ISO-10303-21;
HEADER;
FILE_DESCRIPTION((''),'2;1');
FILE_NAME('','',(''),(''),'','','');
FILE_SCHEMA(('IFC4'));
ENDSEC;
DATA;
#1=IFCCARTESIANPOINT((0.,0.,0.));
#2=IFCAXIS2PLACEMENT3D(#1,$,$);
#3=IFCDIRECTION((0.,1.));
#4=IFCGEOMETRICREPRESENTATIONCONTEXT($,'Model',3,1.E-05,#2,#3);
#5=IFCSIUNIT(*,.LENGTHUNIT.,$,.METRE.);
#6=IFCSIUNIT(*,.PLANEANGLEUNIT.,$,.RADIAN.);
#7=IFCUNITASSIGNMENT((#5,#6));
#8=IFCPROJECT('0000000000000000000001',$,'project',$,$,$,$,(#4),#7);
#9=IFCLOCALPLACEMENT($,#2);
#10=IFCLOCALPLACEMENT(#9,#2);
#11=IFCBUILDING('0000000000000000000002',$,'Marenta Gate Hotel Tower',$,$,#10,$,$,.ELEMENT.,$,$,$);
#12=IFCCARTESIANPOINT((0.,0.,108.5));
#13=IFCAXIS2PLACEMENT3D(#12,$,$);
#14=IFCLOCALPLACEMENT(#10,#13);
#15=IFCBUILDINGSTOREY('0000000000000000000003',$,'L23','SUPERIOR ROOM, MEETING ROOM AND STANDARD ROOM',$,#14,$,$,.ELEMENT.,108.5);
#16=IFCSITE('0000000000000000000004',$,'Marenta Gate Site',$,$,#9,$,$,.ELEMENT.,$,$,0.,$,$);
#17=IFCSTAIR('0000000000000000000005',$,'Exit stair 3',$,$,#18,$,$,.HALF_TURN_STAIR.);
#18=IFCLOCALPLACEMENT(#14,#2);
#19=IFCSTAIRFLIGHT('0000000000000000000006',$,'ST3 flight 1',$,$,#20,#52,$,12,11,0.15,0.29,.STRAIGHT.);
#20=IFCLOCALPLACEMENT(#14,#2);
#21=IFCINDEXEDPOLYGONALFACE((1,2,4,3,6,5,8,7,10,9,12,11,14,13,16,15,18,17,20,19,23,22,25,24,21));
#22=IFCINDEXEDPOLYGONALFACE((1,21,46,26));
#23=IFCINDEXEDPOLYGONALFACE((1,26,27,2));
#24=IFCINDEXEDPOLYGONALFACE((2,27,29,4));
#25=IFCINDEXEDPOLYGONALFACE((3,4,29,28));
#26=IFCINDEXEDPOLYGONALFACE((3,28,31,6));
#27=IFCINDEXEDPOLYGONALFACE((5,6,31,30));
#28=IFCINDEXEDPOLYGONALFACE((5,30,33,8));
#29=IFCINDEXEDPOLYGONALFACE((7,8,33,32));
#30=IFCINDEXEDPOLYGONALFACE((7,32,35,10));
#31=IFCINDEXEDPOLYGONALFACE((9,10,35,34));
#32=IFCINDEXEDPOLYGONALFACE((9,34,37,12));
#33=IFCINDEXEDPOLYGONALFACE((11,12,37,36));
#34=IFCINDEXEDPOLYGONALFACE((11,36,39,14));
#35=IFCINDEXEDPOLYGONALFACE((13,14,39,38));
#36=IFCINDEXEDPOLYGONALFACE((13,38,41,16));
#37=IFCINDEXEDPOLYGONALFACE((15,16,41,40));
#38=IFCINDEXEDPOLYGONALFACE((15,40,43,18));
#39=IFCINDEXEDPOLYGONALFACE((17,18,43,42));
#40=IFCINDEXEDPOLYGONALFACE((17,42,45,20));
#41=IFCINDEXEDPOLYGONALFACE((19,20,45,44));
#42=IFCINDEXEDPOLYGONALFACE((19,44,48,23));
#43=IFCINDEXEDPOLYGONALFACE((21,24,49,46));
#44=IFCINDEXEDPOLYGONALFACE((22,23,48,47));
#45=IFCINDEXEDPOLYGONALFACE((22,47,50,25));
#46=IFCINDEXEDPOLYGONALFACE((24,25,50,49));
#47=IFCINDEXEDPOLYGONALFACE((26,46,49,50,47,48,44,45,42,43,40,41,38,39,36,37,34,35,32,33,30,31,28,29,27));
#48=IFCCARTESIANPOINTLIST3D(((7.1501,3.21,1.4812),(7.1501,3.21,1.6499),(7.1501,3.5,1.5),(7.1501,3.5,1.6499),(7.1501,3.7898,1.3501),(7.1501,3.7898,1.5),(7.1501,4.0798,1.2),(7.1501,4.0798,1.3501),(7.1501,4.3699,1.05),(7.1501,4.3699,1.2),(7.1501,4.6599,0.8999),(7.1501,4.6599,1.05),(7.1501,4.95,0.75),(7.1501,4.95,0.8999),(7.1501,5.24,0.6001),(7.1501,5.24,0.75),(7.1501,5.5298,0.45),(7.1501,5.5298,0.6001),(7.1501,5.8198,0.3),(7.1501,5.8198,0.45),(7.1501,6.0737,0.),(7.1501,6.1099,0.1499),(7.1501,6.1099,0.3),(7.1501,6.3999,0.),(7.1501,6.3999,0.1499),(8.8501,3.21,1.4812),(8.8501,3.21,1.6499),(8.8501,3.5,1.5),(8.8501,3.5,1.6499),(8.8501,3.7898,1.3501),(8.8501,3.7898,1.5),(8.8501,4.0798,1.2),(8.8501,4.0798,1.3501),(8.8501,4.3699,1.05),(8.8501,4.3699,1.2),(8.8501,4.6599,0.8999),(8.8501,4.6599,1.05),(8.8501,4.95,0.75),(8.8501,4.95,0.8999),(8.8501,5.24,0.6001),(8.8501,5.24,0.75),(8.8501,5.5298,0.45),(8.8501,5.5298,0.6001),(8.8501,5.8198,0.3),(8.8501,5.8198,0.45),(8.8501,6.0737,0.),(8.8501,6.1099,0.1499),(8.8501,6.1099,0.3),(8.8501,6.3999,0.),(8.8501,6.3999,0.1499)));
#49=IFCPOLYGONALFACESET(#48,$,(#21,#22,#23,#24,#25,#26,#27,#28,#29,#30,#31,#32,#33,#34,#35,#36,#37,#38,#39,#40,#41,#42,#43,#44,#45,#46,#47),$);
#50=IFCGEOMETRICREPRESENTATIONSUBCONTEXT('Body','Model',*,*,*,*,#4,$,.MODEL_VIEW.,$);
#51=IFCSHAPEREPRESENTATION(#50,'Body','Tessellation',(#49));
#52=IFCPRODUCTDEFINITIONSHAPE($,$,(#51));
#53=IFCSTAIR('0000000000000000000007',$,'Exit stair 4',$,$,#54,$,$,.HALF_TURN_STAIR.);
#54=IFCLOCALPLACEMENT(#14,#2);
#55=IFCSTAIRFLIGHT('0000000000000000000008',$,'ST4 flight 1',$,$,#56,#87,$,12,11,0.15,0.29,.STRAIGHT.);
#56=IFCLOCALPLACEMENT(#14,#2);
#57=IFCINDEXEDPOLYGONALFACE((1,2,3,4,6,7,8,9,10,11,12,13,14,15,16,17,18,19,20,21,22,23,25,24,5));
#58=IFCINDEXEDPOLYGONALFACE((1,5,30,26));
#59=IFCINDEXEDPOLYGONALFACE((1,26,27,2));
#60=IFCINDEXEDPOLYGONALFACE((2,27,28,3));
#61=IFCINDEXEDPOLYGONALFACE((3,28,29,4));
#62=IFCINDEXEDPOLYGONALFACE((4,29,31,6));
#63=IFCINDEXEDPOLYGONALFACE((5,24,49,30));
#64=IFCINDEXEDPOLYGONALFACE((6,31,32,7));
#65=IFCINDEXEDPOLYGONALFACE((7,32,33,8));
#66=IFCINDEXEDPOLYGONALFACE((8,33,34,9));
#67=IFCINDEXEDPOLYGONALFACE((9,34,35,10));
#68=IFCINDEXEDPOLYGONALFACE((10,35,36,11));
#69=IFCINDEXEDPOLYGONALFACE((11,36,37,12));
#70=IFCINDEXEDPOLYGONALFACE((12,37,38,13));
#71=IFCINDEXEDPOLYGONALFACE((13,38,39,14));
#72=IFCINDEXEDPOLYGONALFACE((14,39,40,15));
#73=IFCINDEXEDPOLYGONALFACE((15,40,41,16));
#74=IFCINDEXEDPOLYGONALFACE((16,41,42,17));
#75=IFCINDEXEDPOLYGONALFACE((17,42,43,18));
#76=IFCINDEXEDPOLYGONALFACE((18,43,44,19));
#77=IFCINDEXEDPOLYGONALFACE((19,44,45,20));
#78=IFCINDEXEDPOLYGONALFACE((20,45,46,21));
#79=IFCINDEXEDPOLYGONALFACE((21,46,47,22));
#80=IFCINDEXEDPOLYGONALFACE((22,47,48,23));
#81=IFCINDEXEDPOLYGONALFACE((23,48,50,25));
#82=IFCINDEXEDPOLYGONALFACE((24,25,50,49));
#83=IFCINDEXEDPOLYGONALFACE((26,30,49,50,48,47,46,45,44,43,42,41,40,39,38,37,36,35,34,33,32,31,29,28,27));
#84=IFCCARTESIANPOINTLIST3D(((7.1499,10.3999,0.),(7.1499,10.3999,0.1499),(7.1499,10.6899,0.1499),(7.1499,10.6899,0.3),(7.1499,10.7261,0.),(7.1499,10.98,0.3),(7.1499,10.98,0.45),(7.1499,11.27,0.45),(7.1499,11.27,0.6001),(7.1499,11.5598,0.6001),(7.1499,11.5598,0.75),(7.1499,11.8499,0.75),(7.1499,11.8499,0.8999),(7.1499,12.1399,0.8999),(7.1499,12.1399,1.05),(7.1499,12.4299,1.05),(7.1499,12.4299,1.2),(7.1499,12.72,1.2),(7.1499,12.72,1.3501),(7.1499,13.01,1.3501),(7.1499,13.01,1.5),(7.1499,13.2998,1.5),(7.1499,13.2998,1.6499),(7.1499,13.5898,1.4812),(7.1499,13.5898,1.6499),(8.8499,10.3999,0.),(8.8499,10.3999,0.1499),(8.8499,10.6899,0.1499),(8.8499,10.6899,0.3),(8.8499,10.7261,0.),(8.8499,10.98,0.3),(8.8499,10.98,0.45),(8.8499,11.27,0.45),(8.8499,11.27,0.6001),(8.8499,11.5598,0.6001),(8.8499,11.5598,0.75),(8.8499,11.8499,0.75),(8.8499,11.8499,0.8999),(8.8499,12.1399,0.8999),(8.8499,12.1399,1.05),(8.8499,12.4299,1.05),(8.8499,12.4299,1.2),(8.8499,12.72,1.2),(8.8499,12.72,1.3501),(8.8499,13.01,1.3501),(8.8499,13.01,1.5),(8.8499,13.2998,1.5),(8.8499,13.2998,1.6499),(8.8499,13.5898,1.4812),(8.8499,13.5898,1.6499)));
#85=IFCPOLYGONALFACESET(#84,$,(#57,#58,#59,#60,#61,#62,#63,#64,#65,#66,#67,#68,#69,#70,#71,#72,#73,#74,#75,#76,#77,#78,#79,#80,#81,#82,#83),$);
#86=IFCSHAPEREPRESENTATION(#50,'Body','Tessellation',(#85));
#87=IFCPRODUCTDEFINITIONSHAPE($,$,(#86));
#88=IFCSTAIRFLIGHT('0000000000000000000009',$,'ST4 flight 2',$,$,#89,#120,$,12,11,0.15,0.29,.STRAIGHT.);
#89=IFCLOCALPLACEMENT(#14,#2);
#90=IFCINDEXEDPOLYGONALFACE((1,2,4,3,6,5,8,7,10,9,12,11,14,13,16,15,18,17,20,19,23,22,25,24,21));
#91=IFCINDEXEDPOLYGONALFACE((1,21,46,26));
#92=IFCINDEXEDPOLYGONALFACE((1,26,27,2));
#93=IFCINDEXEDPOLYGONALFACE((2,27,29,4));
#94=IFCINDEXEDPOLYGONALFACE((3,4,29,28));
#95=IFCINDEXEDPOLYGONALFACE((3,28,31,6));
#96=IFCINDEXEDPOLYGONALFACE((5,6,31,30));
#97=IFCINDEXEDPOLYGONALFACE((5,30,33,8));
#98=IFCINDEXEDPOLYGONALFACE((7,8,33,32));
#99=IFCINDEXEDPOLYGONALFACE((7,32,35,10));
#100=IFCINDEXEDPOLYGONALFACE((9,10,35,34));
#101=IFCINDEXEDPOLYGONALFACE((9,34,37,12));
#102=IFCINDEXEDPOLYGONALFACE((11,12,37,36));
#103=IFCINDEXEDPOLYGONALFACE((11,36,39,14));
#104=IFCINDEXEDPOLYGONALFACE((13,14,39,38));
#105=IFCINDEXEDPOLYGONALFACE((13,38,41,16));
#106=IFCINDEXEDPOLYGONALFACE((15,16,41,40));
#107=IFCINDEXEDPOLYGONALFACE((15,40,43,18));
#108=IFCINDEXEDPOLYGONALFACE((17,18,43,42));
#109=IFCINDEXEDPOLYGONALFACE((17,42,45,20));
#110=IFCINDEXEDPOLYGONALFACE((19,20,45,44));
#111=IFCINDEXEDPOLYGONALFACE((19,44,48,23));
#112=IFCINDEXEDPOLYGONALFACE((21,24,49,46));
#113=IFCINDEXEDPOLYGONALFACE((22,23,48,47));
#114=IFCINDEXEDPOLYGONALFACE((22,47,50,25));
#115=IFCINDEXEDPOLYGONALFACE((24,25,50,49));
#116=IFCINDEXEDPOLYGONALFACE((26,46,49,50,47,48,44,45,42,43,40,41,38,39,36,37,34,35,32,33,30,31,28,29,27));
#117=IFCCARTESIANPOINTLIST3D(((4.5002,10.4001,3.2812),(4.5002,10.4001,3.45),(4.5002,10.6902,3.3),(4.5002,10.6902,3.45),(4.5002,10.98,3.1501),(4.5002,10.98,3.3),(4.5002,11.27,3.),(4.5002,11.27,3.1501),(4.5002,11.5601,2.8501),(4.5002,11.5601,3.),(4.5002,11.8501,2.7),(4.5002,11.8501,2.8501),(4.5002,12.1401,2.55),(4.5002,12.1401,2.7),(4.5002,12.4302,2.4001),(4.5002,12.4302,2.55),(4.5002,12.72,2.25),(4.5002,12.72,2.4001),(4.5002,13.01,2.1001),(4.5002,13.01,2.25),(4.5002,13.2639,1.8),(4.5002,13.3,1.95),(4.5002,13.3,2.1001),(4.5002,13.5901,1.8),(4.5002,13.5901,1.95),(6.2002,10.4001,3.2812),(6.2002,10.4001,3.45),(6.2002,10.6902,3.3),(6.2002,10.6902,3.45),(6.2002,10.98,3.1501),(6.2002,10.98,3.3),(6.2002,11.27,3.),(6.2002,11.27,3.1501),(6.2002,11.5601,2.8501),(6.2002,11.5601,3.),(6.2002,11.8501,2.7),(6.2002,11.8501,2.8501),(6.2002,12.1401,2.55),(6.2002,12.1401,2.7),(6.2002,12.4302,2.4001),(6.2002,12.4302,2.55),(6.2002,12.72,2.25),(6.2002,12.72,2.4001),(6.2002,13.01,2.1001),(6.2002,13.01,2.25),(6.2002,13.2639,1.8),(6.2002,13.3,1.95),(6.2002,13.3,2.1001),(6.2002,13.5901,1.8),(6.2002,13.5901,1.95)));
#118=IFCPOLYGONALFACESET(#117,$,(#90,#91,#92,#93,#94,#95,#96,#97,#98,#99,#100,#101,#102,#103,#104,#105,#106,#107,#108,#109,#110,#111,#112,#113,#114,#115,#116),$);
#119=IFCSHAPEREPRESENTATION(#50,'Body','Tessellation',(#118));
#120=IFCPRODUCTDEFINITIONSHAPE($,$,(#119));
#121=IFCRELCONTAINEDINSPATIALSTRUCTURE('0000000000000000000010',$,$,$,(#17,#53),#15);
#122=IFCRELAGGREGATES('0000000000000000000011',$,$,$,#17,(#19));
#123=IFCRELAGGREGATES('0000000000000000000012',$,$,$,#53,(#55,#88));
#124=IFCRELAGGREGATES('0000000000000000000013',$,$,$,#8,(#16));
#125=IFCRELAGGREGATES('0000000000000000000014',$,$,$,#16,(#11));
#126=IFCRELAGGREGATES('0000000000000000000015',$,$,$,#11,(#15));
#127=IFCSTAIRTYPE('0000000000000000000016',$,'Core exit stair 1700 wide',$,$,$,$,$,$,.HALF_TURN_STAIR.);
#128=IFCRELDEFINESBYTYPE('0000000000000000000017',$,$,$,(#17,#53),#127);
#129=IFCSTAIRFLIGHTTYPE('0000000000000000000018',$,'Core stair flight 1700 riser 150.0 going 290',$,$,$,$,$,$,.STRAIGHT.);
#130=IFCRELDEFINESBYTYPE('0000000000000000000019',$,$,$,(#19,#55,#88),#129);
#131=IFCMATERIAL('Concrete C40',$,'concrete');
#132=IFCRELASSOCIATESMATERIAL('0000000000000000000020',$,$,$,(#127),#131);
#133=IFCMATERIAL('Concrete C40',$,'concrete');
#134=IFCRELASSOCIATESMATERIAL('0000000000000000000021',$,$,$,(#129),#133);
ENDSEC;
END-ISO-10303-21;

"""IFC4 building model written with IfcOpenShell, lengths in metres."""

from ifc_helpers import new_model, si_unit, direction, frame, origin, place, context, subcontext, project, spatial, polyline, outline, extrude, material, type_object, element, aggregate, save


model = new_model("IFC4")

# Units and contexts
model_context = context("Model", 3, precision=1e-05, world=origin(), true_north=direction((0.0, 1.0)))
body_context = subcontext(model_context, "Body", "Model", "MODEL_VIEW")
ifc_project = project(units=[si_unit("LENGTHUNIT", "METRE"), si_unit("PLANEANGLEUNIT", "RADIAN")], contexts=[model_context])

# Site, building, storey
site_placement = place(None, origin())
site = spatial("IfcSite", under=ifc_project, at=site_placement, Name="Marenta Gate Site", CompositionType="ELEMENT", RefElevation=0.0)
building_placement = place(site_placement, origin())
building = spatial("IfcBuilding", under=site, at=building_placement, Name="Marenta Gate Hotel Tower", CompositionType="ELEMENT")
storey_placement = place(building_placement, frame((0.0, 0.0, 108.5)))
storey = spatial("IfcBuildingStorey", under=building, at=storey_placement, Name="L23", Description="SUPERIOR ROOM, MEETING ROOM AND STANDARD ROOM", CompositionType="ELEMENT", Elevation=108.5)

# Stair, stair flight
ifc_material_1 = material(Name="Concrete C40", Category="concrete")
stair_type = type_object("IfcStairType", Name="Core exit stair 1700 wide", PredefinedType="HALF_TURN_STAIR", material=ifc_material_1)
stair_1_placement = place(storey_placement, origin())
stair_1 = element("IfcStair", 1, at=stair_1_placement, inside=storey, type_object=stair_type, Name="Exit stair 3", PredefinedType="HALF_TURN_STAIR")
ifc_material_2 = material(Name="Concrete C40", Category="concrete")
stair_flight_type = type_object("IfcStairFlightType", Name="Core stair flight 1700 riser 150.0 going 290", PredefinedType="STRAIGHT", material=ifc_material_2)
stair_flight_1_placement = place(storey_placement, frame((8.0, 6.3999, 0.0), z_axis=(0.0, 0.0, 1.0), x_axis=(0.0, -1.0, 0.0)))
stair_flight_1 = element("IfcStairFlight", 2, at=stair_flight_1_placement, type_object=stair_flight_type, Name="ST3 flight 1", NumberOfRisers=12, NumberOfTreads=11, PredefinedType="STRAIGHT", RiserHeight=0.15, TreadLength=0.29, context=body_context, shape_type="SweptSolid", body=[
    extrude(outline(polyline([(0.0, 0.0), (0.0, 0.1499), (0.29, 0.1499), (0.29, 0.3), (0.5801, 0.3), (0.5801, 0.45), (0.8701, 0.45), (0.8701, 0.6001), (1.1599, 0.6001), (1.1599, 0.75), (1.45, 0.75), (1.45, 0.8999), (1.74, 0.8999), (1.74, 1.05), (2.03, 1.05), (2.03, 1.2), (2.3201, 1.2), (2.3201, 1.3501), (2.6101, 1.3501), (2.6101, 1.5), (2.8999, 1.5), (2.8999, 1.6499), (3.1899, 1.6499), (3.1899, 1.8), (3.1899, 1.4812), (0.3262, 0.0), (0.0, 0.0)])), frame((0.0, 0.8501, 0.0), z_axis=(0.0, -1.0, 0.0), x_axis=(1.0, 0.0, 0.0)), (0.0, 0.0, 1.0), 1.7),
])
aggregate(stair_1, [stair_flight_1])

# Stair, stair flights
stair_2_placement = place(storey_placement, origin())
stair_2 = element("IfcStair", 3, at=stair_2_placement, inside=storey, type_object=stair_type, Name="Exit stair 4", PredefinedType="HALF_TURN_STAIR")
stair_flight_2_placement = place(storey_placement, frame((8.0, 10.3999, 0.0), z_axis=(0.0, 0.0, 1.0), x_axis=(0.0, 1.0, 0.0)))
stair_flight_2 = element("IfcStairFlight", 4, at=stair_flight_2_placement, type_object=stair_flight_type, Name="ST4 flight 1", NumberOfRisers=12, NumberOfTreads=11, PredefinedType="STRAIGHT", RiserHeight=0.15, TreadLength=0.29, context=body_context, shape_type="SweptSolid", body=[
    extrude(outline(polyline([(0.0, 0.0), (0.0, 0.1499), (0.29, 0.1499), (0.29, 0.3), (0.5801, 0.3), (0.5801, 0.45), (0.8701, 0.45), (0.8701, 0.6001), (1.1599, 0.6001), (1.1599, 0.75), (1.45, 0.75), (1.45, 0.8999), (1.74, 0.8999), (1.74, 1.05), (2.03, 1.05), (2.03, 1.2), (2.3201, 1.2), (2.3201, 1.3501), (2.6101, 1.3501), (2.6101, 1.5), (2.8999, 1.5), (2.8999, 1.6499), (3.1899, 1.6499), (3.1899, 1.8), (3.1899, 1.4812), (0.3262, 0.0), (0.0, 0.0)])), frame((0.0, 0.8501, 0.0), z_axis=(0.0, -1.0, 0.0), x_axis=(1.0, 0.0, 0.0)), (0.0, 0.0, 1.0), 1.7),
])
stair_flight_3_placement = place(storey_placement, frame((5.3501, 13.5901, 1.8), z_axis=(0.0, 0.0, 1.0), x_axis=(0.0, -1.0, 0.0)))
stair_flight_3 = element("IfcStairFlight", 5, at=stair_flight_3_placement, type_object=stair_flight_type, Name="ST4 flight 2", NumberOfRisers=12, NumberOfTreads=11, PredefinedType="STRAIGHT", RiserHeight=0.15, TreadLength=0.29, context=body_context, shape_type="SweptSolid", body=[
    extrude(outline(polyline([(0.0, 0.0), (0.0, 0.1499), (0.29, 0.1499), (0.29, 0.3), (0.5801, 0.3), (0.5801, 0.45), (0.8701, 0.45), (0.8701, 0.6001), (1.1599, 0.6001), (1.1599, 0.75), (1.45, 0.75), (1.45, 0.8999), (1.74, 0.8999), (1.74, 1.05), (2.03, 1.05), (2.03, 1.2), (2.3201, 1.2), (2.3201, 1.3501), (2.6101, 1.3501), (2.6101, 1.5), (2.8999, 1.5), (2.8999, 1.6499), (3.1899, 1.6499), (3.1899, 1.8), (3.1899, 1.4812), (0.3262, 0.0), (0.0, 0.0)])), frame((0.0, 0.8501, 0.0), z_axis=(0.0, -1.0, 0.0), x_axis=(1.0, 0.0, 0.0)), (0.0, 0.0, 1.0), 1.7),
])
aggregate(stair_2, [stair_flight_2, stair_flight_3])

save(model, "model.ifc")
